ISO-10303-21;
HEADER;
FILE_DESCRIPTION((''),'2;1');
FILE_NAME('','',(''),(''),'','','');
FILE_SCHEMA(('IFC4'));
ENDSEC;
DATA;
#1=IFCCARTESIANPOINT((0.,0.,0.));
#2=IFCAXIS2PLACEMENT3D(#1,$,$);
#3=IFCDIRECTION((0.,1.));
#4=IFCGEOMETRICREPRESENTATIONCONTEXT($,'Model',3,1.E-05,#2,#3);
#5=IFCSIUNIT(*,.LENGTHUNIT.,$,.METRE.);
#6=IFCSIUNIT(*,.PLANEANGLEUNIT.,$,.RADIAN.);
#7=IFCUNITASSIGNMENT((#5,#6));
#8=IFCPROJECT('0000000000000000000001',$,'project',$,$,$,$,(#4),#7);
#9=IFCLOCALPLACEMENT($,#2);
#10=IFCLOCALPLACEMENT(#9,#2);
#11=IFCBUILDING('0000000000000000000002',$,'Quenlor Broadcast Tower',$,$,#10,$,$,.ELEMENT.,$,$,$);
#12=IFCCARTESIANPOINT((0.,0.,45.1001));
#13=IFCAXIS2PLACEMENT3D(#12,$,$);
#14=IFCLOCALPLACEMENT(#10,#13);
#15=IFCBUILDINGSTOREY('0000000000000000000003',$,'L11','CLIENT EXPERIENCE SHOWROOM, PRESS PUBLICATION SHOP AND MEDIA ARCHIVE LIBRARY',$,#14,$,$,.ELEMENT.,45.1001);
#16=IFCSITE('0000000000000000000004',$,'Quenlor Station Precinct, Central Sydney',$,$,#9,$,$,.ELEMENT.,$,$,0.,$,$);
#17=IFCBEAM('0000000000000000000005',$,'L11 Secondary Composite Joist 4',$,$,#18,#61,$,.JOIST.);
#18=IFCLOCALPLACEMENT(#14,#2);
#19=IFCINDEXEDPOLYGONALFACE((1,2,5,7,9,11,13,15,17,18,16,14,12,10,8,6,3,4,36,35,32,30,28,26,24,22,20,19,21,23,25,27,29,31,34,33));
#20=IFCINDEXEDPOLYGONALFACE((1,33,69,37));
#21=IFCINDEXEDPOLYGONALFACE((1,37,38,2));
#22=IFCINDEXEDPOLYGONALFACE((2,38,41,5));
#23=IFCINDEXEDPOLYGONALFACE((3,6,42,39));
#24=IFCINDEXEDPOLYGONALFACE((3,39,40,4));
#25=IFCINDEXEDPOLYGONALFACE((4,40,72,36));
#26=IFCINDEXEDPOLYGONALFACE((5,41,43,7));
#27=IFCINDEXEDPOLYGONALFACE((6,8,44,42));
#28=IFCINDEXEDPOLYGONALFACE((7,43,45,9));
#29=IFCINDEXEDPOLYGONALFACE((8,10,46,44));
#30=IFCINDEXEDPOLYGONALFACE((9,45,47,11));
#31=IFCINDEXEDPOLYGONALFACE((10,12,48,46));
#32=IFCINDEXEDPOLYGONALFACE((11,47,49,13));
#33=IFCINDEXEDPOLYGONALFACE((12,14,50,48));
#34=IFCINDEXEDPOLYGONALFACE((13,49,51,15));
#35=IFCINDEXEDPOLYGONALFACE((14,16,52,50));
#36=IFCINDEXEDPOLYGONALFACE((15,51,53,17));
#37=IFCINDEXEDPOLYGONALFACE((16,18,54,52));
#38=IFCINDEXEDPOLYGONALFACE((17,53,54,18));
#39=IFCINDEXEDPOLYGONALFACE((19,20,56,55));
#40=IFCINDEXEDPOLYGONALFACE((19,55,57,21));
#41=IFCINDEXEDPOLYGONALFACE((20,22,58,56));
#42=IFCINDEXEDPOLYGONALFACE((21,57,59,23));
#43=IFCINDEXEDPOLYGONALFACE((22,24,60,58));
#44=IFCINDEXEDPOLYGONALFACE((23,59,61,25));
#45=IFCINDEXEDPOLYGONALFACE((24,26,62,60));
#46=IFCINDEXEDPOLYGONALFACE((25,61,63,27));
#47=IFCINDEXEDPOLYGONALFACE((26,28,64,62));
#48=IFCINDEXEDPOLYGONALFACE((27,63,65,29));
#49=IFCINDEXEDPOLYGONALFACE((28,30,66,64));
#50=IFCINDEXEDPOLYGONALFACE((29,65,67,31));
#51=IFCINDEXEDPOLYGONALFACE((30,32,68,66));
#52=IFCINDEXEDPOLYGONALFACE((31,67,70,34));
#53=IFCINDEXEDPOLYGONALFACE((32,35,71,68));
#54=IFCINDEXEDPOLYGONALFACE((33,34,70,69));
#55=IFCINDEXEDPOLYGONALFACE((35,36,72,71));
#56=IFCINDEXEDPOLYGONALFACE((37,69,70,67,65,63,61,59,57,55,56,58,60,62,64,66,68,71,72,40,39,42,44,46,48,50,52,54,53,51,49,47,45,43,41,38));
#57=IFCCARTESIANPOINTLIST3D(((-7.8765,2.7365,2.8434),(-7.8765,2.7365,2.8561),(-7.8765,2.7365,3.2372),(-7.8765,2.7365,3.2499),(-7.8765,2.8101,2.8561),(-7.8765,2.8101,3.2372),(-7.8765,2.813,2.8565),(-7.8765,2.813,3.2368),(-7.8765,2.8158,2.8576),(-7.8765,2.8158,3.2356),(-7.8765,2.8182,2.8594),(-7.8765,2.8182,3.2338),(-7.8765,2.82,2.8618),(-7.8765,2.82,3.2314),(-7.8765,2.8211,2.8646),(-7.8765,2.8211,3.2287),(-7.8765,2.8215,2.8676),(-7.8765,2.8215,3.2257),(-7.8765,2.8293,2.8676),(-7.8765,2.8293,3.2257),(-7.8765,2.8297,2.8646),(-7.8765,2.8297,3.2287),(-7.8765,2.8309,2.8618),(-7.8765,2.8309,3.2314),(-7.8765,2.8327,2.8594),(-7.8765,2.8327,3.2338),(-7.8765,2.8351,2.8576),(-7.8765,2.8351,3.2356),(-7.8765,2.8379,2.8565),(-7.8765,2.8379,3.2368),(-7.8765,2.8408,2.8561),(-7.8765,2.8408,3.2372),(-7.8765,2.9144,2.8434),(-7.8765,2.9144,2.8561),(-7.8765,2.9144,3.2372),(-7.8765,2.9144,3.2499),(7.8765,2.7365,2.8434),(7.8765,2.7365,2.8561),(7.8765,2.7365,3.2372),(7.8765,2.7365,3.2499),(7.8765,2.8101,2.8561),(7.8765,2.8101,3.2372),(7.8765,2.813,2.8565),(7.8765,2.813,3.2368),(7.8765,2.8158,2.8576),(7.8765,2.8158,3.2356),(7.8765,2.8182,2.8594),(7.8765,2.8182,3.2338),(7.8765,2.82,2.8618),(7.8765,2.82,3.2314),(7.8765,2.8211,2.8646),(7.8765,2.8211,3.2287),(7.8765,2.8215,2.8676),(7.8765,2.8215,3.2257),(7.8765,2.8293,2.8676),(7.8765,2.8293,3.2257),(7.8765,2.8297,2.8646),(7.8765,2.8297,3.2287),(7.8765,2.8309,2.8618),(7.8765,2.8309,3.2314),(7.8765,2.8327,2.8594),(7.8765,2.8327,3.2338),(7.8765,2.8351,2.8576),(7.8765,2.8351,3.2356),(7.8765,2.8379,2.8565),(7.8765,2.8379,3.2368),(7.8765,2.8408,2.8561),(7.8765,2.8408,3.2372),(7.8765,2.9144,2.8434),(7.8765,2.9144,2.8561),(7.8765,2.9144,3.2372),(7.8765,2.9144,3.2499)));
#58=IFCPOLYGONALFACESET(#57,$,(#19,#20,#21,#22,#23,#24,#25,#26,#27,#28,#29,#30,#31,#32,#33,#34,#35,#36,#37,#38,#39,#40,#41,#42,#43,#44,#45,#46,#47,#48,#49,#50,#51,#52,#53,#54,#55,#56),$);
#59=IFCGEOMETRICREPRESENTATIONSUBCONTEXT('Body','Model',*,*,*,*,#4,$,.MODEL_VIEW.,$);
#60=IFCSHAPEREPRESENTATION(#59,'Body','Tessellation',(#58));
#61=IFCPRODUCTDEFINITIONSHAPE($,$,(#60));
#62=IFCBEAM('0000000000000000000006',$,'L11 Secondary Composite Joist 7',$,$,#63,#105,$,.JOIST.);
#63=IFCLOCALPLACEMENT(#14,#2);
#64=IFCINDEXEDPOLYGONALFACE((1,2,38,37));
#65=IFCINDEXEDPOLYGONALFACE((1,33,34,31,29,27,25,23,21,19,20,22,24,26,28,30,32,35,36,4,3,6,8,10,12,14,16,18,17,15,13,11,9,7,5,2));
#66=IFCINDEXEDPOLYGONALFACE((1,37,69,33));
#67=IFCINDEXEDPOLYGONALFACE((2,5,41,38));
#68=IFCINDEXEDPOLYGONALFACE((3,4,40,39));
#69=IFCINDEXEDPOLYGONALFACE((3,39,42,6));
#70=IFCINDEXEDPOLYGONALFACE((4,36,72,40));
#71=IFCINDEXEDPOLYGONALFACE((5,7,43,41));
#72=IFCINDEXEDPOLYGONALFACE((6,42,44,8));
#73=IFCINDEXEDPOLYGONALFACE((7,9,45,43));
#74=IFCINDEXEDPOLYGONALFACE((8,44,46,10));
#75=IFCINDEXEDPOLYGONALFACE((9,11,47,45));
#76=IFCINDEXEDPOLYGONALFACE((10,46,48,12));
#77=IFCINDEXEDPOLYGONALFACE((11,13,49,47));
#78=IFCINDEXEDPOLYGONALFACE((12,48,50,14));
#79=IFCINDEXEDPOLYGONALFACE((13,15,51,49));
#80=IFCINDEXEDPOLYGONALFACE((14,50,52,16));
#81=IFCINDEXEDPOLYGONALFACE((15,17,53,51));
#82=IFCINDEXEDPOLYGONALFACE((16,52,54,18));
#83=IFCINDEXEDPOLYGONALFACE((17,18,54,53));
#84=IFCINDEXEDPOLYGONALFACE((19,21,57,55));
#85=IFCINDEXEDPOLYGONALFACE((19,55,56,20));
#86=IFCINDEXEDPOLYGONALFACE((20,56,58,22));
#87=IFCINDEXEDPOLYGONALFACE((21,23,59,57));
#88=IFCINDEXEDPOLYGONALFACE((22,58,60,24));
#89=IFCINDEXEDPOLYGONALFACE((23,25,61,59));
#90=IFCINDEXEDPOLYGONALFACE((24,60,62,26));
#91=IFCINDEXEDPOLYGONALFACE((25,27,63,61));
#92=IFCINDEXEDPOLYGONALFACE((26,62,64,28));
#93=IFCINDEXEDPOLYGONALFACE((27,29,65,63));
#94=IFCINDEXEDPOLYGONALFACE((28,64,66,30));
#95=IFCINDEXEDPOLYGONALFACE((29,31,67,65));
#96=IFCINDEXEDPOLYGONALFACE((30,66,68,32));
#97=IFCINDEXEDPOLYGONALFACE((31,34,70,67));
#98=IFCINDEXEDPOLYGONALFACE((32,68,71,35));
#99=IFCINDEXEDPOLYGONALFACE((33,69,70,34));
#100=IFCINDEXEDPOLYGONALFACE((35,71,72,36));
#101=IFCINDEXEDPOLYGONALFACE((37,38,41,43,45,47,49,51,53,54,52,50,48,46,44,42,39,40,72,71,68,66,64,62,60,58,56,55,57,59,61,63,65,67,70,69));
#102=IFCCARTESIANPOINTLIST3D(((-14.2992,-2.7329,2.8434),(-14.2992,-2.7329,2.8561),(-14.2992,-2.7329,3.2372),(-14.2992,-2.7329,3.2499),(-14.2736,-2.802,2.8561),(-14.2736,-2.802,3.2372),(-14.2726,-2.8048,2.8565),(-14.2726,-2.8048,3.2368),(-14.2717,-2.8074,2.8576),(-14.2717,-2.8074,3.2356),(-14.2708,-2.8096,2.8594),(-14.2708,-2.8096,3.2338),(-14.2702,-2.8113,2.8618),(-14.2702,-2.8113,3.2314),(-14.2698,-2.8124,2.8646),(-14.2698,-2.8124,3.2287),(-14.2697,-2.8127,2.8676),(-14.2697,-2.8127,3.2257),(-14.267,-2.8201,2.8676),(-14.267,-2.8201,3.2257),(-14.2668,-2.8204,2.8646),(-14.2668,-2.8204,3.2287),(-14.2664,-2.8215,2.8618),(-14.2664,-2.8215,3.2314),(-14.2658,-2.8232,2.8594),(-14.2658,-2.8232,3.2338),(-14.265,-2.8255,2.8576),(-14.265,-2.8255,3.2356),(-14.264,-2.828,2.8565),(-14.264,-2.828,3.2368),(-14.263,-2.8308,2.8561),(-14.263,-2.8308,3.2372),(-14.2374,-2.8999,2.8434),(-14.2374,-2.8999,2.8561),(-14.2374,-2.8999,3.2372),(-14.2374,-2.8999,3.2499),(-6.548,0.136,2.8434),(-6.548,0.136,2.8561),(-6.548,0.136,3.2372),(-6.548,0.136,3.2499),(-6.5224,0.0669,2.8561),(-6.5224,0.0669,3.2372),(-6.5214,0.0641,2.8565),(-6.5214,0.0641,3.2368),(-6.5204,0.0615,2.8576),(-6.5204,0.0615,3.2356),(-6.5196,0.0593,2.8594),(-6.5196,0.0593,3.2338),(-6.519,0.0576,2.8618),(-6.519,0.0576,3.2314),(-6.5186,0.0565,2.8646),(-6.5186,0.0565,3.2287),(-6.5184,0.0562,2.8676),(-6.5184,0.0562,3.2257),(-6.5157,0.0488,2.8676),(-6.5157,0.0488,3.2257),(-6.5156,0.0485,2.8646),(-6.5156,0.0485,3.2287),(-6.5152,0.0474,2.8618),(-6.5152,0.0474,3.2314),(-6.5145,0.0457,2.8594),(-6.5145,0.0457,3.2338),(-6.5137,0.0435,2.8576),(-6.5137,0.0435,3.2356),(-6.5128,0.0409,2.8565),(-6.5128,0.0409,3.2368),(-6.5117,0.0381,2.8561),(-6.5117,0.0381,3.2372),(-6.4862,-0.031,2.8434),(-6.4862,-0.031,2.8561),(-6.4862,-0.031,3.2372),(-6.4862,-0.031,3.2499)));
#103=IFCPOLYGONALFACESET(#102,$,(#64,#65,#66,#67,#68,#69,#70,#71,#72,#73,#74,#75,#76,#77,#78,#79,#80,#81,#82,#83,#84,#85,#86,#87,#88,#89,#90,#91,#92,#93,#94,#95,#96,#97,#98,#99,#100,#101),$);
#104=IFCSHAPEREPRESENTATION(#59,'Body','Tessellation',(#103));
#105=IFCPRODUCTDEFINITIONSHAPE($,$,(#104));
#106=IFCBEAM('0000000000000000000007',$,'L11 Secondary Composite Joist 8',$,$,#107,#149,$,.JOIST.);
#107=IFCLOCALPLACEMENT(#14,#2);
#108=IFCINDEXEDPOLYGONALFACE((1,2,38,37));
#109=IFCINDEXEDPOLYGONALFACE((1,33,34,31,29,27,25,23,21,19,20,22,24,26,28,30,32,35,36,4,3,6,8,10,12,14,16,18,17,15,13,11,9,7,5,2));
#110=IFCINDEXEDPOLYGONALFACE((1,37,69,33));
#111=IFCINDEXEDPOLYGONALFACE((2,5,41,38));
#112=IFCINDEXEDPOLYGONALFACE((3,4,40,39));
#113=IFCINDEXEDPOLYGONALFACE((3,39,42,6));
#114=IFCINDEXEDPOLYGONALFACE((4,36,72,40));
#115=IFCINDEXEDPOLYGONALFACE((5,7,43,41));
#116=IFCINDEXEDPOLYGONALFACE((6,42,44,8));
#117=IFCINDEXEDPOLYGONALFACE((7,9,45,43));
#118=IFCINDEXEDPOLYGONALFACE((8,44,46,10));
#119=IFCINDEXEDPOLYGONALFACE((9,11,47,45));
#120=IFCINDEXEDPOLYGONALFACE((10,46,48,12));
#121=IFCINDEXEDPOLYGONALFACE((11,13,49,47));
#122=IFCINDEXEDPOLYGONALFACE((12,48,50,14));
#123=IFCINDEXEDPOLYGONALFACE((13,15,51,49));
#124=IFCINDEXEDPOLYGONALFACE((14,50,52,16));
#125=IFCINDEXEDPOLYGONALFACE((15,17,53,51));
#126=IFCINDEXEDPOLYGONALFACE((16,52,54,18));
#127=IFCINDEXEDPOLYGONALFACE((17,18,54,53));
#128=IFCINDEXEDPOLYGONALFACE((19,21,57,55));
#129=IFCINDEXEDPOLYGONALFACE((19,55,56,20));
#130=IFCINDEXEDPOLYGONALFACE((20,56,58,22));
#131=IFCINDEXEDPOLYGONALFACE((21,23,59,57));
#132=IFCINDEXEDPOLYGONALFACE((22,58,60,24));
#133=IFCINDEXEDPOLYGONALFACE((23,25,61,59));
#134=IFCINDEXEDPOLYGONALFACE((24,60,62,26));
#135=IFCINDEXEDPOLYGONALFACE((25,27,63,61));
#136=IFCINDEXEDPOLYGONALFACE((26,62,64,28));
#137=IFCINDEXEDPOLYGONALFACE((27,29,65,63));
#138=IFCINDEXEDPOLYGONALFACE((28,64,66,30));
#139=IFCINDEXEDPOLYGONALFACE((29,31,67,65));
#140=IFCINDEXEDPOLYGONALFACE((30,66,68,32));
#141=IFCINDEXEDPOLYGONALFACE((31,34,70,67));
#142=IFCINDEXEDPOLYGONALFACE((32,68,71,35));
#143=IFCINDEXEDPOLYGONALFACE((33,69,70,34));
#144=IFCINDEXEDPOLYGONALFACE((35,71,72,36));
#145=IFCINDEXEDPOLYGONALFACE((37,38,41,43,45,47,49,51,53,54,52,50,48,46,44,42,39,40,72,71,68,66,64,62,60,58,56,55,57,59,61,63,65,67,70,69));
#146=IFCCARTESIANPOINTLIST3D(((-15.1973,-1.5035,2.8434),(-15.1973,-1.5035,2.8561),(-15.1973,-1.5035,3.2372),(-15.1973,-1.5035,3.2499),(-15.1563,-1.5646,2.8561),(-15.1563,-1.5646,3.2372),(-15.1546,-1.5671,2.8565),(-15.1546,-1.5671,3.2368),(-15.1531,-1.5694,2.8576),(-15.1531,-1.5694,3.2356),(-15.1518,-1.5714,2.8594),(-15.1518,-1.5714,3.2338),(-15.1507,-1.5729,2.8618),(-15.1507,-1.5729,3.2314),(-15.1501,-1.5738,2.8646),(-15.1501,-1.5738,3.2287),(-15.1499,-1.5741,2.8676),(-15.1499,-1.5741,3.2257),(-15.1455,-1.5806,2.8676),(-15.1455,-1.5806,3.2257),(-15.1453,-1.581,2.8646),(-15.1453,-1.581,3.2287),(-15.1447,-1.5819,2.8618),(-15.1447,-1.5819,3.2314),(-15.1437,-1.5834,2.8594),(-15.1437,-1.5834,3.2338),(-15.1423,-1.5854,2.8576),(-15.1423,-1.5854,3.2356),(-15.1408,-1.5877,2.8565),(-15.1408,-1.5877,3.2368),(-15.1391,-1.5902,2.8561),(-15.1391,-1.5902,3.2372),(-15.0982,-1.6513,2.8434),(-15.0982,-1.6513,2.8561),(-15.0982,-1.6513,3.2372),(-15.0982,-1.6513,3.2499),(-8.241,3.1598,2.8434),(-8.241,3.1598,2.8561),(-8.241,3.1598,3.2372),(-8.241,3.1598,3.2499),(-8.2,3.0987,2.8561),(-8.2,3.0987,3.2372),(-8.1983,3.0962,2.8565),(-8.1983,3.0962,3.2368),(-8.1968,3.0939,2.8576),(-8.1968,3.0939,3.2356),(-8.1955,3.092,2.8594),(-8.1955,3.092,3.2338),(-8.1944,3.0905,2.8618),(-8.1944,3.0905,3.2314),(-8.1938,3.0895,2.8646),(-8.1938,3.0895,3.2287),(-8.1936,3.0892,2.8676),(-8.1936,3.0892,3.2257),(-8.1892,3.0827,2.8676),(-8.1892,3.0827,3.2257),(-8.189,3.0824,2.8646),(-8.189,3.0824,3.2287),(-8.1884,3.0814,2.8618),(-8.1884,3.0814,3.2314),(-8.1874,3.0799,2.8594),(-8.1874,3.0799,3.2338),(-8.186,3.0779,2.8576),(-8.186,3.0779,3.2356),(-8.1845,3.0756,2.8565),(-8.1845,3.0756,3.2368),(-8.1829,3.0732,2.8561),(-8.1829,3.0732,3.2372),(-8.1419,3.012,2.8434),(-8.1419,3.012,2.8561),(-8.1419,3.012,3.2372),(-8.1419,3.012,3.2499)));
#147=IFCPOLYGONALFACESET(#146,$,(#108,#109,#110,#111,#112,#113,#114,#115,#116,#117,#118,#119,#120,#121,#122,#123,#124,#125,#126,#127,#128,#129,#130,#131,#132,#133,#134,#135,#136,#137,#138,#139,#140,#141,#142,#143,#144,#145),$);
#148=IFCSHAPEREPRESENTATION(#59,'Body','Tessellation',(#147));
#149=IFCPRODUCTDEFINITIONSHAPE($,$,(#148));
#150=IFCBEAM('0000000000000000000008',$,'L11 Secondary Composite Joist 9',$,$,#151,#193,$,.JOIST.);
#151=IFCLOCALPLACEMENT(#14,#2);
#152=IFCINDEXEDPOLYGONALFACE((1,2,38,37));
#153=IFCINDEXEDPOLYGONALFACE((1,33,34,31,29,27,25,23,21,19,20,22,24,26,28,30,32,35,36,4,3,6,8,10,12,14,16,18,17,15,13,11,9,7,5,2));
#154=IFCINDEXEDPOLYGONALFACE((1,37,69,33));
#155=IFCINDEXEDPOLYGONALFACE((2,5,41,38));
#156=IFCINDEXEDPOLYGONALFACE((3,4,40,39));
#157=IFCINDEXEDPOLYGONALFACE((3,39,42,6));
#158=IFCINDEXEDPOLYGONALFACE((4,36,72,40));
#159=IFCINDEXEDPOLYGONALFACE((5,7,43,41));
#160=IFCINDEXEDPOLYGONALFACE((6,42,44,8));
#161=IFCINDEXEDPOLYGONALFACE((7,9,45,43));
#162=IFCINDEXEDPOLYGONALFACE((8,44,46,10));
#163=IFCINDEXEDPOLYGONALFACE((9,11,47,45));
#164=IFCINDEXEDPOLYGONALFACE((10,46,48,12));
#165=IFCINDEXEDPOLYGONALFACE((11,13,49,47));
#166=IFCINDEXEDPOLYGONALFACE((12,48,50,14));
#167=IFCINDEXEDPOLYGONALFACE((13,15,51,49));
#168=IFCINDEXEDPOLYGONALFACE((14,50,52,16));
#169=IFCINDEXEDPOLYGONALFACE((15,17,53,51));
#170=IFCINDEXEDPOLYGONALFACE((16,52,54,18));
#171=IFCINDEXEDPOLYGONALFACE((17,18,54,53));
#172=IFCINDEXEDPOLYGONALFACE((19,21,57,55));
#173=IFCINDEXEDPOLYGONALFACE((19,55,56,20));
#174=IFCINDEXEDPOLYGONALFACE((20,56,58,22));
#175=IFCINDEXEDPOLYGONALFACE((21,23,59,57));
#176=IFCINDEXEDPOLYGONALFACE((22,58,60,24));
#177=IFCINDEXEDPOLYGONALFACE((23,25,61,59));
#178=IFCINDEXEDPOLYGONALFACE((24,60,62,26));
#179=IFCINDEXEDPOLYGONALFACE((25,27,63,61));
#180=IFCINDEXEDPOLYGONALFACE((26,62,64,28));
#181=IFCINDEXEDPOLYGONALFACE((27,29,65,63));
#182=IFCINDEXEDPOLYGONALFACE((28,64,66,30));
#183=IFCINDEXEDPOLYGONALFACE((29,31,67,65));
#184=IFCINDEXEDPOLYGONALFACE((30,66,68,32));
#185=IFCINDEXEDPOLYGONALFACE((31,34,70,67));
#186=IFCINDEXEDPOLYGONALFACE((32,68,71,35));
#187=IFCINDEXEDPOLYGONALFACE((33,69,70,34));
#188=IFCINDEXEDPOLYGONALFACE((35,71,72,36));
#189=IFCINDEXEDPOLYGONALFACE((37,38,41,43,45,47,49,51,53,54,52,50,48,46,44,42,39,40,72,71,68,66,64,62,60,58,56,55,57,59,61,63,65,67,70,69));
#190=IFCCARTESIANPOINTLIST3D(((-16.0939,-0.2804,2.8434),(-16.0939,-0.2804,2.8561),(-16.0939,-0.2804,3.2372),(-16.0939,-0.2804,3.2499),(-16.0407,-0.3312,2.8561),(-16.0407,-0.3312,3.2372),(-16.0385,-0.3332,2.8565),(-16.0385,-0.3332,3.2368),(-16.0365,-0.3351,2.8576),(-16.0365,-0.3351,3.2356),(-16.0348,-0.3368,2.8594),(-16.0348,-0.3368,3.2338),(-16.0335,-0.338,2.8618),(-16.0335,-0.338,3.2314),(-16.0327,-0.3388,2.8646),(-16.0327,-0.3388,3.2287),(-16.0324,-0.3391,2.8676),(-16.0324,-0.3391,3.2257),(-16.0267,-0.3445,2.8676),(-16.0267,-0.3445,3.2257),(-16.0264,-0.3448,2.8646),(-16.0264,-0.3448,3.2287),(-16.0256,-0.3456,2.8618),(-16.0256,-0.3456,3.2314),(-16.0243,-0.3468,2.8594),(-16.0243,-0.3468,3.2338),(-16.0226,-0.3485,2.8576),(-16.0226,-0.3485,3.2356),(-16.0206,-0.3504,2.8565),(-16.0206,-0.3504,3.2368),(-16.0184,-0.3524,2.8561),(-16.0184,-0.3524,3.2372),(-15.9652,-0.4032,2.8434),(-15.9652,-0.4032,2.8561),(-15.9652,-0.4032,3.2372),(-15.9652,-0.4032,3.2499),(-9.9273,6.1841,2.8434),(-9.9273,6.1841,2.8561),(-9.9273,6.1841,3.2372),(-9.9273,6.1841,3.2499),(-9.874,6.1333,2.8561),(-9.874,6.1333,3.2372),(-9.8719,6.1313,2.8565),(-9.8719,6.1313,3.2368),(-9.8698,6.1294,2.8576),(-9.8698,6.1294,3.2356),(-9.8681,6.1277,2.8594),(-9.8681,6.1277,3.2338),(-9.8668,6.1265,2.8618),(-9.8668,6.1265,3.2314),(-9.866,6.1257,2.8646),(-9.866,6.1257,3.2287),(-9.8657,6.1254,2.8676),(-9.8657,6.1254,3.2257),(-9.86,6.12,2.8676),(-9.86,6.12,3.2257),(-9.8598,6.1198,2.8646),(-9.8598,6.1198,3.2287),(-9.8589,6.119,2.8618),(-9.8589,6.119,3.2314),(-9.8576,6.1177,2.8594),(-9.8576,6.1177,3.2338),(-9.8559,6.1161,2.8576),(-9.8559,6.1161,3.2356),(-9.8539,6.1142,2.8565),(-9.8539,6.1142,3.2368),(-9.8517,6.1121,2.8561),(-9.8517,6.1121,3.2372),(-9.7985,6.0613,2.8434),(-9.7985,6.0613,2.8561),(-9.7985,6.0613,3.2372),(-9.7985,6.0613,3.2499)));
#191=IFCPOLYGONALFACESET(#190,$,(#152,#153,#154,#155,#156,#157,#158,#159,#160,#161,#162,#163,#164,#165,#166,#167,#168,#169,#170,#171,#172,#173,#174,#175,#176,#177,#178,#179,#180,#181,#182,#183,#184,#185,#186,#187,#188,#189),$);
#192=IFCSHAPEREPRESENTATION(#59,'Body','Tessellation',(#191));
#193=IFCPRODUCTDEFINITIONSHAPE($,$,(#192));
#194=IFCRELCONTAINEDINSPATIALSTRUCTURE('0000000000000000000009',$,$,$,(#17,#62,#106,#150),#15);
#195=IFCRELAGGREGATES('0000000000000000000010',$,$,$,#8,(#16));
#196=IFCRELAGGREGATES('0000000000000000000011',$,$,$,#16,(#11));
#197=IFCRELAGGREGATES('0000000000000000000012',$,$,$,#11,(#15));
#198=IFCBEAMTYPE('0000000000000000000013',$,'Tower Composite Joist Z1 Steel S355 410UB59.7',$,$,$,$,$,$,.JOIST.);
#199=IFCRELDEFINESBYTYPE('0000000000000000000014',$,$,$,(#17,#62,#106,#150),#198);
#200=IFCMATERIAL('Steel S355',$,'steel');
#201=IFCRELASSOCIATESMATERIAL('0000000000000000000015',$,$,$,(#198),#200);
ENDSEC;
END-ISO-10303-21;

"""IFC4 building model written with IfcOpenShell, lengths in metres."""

from ifc_helpers import new_model, si_unit, direction, frame, origin, origin_2d, place, context, subcontext, project, spatial, i_section, extrude, material, material_profile, profile_set, type_object, element, save


model = new_model("IFC4")

# Units and contexts
model_context = context("Model", 3, precision=1e-05, world=origin(), true_north=direction((0.0, 1.0)))
body_context = subcontext(model_context, "Body", "Model", "MODEL_VIEW")
ifc_project = project(units=[si_unit("LENGTHUNIT", "METRE"), si_unit("PLANEANGLEUNIT", "RADIAN")], contexts=[model_context])

# Site, building, storey
site_placement = place(None, origin())
site = spatial("IfcSite", under=ifc_project, at=site_placement, Name="Quenlor Station Precinct, Central Sydney", CompositionType="ELEMENT", RefElevation=0.0)
building_placement = place(site_placement, origin())
building = spatial("IfcBuilding", under=site, at=building_placement, Name="Quenlor Broadcast Tower", CompositionType="ELEMENT")
storey_placement = place(building_placement, frame((0.0, 0.0, 45.1001)))
storey = spatial("IfcBuildingStorey", under=building, at=storey_placement, Name="L11", Description="CLIENT EXPERIENCE SHOWROOM, PRESS PUBLICATION SHOP AND MEDIA ARCHIVE LIBRARY", CompositionType="ELEMENT", Elevation=45.1001)

# Beams
ifc_material_1 = material(Name="Steel S355", Category="steel")
ifc_material_profile_1 = material_profile(ifc_material_1, i_section(OverallWidth=0.178, OverallDepth=0.4065, WebThickness=0.0078, FlangeThickness=0.0127, FilletRadius=0.0115, at=origin_2d()))
ifc_profile_set_1 = profile_set([ifc_material_profile_1], Name="Steel S355 410UB59.7")
beam_type_1 = type_object("IfcBeamType", Name="Tower Composite Joist Z1 Steel S355 410UB59.7", PredefinedType="JOIST", material=ifc_profile_set_1)
beam_1_placement = place(storey_placement, frame((-7.8765, 2.8254, 3.0466), z_axis=(1.0, 0.0, 0.0), x_axis=(0.0, 1.0, 0.0)))
element("IfcBeam", 1, at=beam_1_placement, inside=storey, type_object=beam_type_1, Name="L11 Secondary Composite Joist 4", PredefinedType="JOIST", context=body_context, shape_type="SweptSolid", body=[
    extrude(i_section(OverallWidth=0.178, OverallDepth=0.4065, WebThickness=0.0078, FlangeThickness=0.0127, FilletRadius=0.0115, at=origin_2d()), origin(), (0.0, 0.0, 1.0), 15.7529),
])
beam_2_placement = place(storey_placement, frame((-14.2683, -2.8164, 3.0466), z_axis=(0.937825, 0.347109, 0.0), x_axis=(-0.347109, 0.937825, 0.0)))
element("IfcBeam", 2, at=beam_2_placement, inside=storey, type_object=beam_type_1, Name="L11 Secondary Composite Joist 7", PredefinedType="JOIST", context=body_context, shape_type="SweptSolid", body=[
    extrude(i_section(OverallWidth=0.178, OverallDepth=0.4065, WebThickness=0.0078, FlangeThickness=0.0127, FilletRadius=0.0115, at=origin_2d()), origin(), (0.0, 0.0, 1.0), 8.2651),
])
beam_3_placement = place(storey_placement, frame((-15.1477, -1.5774, 3.0466), z_axis=(0.830626, 0.556831, 0.0), x_axis=(-0.556831, 0.830626, 0.0)))
element("IfcBeam", 3, at=beam_3_placement, inside=storey, type_object=beam_type_1, Name="L11 Secondary Composite Joist 8", PredefinedType="JOIST", context=body_context, shape_type="SweptSolid", body=[
    extrude(i_section(OverallWidth=0.178, OverallDepth=0.4065, WebThickness=0.0078, FlangeThickness=0.0127, FilletRadius=0.0115, at=origin_2d()), origin(), (0.0, 0.0, 1.0), 8.3748),
])
beam_4_placement = place(storey_placement, frame((-16.0295, -0.3418, 3.0466), z_axis=(0.690241, 0.723579, 0.0), x_axis=(-0.723579, 0.690241, 0.0)))
element("IfcBeam", 4, at=beam_4_placement, inside=storey, type_object=beam_type_1, Name="L11 Secondary Composite Joist 9", PredefinedType="JOIST", context=body_context, shape_type="SweptSolid", body=[
    extrude(i_section(OverallWidth=0.178, OverallDepth=0.4065, WebThickness=0.0078, FlangeThickness=0.0127, FilletRadius=0.0115, at=origin_2d()), origin(), (0.0, 0.0, 1.0), 8.9341),
])

save(model, "model.ifc")
